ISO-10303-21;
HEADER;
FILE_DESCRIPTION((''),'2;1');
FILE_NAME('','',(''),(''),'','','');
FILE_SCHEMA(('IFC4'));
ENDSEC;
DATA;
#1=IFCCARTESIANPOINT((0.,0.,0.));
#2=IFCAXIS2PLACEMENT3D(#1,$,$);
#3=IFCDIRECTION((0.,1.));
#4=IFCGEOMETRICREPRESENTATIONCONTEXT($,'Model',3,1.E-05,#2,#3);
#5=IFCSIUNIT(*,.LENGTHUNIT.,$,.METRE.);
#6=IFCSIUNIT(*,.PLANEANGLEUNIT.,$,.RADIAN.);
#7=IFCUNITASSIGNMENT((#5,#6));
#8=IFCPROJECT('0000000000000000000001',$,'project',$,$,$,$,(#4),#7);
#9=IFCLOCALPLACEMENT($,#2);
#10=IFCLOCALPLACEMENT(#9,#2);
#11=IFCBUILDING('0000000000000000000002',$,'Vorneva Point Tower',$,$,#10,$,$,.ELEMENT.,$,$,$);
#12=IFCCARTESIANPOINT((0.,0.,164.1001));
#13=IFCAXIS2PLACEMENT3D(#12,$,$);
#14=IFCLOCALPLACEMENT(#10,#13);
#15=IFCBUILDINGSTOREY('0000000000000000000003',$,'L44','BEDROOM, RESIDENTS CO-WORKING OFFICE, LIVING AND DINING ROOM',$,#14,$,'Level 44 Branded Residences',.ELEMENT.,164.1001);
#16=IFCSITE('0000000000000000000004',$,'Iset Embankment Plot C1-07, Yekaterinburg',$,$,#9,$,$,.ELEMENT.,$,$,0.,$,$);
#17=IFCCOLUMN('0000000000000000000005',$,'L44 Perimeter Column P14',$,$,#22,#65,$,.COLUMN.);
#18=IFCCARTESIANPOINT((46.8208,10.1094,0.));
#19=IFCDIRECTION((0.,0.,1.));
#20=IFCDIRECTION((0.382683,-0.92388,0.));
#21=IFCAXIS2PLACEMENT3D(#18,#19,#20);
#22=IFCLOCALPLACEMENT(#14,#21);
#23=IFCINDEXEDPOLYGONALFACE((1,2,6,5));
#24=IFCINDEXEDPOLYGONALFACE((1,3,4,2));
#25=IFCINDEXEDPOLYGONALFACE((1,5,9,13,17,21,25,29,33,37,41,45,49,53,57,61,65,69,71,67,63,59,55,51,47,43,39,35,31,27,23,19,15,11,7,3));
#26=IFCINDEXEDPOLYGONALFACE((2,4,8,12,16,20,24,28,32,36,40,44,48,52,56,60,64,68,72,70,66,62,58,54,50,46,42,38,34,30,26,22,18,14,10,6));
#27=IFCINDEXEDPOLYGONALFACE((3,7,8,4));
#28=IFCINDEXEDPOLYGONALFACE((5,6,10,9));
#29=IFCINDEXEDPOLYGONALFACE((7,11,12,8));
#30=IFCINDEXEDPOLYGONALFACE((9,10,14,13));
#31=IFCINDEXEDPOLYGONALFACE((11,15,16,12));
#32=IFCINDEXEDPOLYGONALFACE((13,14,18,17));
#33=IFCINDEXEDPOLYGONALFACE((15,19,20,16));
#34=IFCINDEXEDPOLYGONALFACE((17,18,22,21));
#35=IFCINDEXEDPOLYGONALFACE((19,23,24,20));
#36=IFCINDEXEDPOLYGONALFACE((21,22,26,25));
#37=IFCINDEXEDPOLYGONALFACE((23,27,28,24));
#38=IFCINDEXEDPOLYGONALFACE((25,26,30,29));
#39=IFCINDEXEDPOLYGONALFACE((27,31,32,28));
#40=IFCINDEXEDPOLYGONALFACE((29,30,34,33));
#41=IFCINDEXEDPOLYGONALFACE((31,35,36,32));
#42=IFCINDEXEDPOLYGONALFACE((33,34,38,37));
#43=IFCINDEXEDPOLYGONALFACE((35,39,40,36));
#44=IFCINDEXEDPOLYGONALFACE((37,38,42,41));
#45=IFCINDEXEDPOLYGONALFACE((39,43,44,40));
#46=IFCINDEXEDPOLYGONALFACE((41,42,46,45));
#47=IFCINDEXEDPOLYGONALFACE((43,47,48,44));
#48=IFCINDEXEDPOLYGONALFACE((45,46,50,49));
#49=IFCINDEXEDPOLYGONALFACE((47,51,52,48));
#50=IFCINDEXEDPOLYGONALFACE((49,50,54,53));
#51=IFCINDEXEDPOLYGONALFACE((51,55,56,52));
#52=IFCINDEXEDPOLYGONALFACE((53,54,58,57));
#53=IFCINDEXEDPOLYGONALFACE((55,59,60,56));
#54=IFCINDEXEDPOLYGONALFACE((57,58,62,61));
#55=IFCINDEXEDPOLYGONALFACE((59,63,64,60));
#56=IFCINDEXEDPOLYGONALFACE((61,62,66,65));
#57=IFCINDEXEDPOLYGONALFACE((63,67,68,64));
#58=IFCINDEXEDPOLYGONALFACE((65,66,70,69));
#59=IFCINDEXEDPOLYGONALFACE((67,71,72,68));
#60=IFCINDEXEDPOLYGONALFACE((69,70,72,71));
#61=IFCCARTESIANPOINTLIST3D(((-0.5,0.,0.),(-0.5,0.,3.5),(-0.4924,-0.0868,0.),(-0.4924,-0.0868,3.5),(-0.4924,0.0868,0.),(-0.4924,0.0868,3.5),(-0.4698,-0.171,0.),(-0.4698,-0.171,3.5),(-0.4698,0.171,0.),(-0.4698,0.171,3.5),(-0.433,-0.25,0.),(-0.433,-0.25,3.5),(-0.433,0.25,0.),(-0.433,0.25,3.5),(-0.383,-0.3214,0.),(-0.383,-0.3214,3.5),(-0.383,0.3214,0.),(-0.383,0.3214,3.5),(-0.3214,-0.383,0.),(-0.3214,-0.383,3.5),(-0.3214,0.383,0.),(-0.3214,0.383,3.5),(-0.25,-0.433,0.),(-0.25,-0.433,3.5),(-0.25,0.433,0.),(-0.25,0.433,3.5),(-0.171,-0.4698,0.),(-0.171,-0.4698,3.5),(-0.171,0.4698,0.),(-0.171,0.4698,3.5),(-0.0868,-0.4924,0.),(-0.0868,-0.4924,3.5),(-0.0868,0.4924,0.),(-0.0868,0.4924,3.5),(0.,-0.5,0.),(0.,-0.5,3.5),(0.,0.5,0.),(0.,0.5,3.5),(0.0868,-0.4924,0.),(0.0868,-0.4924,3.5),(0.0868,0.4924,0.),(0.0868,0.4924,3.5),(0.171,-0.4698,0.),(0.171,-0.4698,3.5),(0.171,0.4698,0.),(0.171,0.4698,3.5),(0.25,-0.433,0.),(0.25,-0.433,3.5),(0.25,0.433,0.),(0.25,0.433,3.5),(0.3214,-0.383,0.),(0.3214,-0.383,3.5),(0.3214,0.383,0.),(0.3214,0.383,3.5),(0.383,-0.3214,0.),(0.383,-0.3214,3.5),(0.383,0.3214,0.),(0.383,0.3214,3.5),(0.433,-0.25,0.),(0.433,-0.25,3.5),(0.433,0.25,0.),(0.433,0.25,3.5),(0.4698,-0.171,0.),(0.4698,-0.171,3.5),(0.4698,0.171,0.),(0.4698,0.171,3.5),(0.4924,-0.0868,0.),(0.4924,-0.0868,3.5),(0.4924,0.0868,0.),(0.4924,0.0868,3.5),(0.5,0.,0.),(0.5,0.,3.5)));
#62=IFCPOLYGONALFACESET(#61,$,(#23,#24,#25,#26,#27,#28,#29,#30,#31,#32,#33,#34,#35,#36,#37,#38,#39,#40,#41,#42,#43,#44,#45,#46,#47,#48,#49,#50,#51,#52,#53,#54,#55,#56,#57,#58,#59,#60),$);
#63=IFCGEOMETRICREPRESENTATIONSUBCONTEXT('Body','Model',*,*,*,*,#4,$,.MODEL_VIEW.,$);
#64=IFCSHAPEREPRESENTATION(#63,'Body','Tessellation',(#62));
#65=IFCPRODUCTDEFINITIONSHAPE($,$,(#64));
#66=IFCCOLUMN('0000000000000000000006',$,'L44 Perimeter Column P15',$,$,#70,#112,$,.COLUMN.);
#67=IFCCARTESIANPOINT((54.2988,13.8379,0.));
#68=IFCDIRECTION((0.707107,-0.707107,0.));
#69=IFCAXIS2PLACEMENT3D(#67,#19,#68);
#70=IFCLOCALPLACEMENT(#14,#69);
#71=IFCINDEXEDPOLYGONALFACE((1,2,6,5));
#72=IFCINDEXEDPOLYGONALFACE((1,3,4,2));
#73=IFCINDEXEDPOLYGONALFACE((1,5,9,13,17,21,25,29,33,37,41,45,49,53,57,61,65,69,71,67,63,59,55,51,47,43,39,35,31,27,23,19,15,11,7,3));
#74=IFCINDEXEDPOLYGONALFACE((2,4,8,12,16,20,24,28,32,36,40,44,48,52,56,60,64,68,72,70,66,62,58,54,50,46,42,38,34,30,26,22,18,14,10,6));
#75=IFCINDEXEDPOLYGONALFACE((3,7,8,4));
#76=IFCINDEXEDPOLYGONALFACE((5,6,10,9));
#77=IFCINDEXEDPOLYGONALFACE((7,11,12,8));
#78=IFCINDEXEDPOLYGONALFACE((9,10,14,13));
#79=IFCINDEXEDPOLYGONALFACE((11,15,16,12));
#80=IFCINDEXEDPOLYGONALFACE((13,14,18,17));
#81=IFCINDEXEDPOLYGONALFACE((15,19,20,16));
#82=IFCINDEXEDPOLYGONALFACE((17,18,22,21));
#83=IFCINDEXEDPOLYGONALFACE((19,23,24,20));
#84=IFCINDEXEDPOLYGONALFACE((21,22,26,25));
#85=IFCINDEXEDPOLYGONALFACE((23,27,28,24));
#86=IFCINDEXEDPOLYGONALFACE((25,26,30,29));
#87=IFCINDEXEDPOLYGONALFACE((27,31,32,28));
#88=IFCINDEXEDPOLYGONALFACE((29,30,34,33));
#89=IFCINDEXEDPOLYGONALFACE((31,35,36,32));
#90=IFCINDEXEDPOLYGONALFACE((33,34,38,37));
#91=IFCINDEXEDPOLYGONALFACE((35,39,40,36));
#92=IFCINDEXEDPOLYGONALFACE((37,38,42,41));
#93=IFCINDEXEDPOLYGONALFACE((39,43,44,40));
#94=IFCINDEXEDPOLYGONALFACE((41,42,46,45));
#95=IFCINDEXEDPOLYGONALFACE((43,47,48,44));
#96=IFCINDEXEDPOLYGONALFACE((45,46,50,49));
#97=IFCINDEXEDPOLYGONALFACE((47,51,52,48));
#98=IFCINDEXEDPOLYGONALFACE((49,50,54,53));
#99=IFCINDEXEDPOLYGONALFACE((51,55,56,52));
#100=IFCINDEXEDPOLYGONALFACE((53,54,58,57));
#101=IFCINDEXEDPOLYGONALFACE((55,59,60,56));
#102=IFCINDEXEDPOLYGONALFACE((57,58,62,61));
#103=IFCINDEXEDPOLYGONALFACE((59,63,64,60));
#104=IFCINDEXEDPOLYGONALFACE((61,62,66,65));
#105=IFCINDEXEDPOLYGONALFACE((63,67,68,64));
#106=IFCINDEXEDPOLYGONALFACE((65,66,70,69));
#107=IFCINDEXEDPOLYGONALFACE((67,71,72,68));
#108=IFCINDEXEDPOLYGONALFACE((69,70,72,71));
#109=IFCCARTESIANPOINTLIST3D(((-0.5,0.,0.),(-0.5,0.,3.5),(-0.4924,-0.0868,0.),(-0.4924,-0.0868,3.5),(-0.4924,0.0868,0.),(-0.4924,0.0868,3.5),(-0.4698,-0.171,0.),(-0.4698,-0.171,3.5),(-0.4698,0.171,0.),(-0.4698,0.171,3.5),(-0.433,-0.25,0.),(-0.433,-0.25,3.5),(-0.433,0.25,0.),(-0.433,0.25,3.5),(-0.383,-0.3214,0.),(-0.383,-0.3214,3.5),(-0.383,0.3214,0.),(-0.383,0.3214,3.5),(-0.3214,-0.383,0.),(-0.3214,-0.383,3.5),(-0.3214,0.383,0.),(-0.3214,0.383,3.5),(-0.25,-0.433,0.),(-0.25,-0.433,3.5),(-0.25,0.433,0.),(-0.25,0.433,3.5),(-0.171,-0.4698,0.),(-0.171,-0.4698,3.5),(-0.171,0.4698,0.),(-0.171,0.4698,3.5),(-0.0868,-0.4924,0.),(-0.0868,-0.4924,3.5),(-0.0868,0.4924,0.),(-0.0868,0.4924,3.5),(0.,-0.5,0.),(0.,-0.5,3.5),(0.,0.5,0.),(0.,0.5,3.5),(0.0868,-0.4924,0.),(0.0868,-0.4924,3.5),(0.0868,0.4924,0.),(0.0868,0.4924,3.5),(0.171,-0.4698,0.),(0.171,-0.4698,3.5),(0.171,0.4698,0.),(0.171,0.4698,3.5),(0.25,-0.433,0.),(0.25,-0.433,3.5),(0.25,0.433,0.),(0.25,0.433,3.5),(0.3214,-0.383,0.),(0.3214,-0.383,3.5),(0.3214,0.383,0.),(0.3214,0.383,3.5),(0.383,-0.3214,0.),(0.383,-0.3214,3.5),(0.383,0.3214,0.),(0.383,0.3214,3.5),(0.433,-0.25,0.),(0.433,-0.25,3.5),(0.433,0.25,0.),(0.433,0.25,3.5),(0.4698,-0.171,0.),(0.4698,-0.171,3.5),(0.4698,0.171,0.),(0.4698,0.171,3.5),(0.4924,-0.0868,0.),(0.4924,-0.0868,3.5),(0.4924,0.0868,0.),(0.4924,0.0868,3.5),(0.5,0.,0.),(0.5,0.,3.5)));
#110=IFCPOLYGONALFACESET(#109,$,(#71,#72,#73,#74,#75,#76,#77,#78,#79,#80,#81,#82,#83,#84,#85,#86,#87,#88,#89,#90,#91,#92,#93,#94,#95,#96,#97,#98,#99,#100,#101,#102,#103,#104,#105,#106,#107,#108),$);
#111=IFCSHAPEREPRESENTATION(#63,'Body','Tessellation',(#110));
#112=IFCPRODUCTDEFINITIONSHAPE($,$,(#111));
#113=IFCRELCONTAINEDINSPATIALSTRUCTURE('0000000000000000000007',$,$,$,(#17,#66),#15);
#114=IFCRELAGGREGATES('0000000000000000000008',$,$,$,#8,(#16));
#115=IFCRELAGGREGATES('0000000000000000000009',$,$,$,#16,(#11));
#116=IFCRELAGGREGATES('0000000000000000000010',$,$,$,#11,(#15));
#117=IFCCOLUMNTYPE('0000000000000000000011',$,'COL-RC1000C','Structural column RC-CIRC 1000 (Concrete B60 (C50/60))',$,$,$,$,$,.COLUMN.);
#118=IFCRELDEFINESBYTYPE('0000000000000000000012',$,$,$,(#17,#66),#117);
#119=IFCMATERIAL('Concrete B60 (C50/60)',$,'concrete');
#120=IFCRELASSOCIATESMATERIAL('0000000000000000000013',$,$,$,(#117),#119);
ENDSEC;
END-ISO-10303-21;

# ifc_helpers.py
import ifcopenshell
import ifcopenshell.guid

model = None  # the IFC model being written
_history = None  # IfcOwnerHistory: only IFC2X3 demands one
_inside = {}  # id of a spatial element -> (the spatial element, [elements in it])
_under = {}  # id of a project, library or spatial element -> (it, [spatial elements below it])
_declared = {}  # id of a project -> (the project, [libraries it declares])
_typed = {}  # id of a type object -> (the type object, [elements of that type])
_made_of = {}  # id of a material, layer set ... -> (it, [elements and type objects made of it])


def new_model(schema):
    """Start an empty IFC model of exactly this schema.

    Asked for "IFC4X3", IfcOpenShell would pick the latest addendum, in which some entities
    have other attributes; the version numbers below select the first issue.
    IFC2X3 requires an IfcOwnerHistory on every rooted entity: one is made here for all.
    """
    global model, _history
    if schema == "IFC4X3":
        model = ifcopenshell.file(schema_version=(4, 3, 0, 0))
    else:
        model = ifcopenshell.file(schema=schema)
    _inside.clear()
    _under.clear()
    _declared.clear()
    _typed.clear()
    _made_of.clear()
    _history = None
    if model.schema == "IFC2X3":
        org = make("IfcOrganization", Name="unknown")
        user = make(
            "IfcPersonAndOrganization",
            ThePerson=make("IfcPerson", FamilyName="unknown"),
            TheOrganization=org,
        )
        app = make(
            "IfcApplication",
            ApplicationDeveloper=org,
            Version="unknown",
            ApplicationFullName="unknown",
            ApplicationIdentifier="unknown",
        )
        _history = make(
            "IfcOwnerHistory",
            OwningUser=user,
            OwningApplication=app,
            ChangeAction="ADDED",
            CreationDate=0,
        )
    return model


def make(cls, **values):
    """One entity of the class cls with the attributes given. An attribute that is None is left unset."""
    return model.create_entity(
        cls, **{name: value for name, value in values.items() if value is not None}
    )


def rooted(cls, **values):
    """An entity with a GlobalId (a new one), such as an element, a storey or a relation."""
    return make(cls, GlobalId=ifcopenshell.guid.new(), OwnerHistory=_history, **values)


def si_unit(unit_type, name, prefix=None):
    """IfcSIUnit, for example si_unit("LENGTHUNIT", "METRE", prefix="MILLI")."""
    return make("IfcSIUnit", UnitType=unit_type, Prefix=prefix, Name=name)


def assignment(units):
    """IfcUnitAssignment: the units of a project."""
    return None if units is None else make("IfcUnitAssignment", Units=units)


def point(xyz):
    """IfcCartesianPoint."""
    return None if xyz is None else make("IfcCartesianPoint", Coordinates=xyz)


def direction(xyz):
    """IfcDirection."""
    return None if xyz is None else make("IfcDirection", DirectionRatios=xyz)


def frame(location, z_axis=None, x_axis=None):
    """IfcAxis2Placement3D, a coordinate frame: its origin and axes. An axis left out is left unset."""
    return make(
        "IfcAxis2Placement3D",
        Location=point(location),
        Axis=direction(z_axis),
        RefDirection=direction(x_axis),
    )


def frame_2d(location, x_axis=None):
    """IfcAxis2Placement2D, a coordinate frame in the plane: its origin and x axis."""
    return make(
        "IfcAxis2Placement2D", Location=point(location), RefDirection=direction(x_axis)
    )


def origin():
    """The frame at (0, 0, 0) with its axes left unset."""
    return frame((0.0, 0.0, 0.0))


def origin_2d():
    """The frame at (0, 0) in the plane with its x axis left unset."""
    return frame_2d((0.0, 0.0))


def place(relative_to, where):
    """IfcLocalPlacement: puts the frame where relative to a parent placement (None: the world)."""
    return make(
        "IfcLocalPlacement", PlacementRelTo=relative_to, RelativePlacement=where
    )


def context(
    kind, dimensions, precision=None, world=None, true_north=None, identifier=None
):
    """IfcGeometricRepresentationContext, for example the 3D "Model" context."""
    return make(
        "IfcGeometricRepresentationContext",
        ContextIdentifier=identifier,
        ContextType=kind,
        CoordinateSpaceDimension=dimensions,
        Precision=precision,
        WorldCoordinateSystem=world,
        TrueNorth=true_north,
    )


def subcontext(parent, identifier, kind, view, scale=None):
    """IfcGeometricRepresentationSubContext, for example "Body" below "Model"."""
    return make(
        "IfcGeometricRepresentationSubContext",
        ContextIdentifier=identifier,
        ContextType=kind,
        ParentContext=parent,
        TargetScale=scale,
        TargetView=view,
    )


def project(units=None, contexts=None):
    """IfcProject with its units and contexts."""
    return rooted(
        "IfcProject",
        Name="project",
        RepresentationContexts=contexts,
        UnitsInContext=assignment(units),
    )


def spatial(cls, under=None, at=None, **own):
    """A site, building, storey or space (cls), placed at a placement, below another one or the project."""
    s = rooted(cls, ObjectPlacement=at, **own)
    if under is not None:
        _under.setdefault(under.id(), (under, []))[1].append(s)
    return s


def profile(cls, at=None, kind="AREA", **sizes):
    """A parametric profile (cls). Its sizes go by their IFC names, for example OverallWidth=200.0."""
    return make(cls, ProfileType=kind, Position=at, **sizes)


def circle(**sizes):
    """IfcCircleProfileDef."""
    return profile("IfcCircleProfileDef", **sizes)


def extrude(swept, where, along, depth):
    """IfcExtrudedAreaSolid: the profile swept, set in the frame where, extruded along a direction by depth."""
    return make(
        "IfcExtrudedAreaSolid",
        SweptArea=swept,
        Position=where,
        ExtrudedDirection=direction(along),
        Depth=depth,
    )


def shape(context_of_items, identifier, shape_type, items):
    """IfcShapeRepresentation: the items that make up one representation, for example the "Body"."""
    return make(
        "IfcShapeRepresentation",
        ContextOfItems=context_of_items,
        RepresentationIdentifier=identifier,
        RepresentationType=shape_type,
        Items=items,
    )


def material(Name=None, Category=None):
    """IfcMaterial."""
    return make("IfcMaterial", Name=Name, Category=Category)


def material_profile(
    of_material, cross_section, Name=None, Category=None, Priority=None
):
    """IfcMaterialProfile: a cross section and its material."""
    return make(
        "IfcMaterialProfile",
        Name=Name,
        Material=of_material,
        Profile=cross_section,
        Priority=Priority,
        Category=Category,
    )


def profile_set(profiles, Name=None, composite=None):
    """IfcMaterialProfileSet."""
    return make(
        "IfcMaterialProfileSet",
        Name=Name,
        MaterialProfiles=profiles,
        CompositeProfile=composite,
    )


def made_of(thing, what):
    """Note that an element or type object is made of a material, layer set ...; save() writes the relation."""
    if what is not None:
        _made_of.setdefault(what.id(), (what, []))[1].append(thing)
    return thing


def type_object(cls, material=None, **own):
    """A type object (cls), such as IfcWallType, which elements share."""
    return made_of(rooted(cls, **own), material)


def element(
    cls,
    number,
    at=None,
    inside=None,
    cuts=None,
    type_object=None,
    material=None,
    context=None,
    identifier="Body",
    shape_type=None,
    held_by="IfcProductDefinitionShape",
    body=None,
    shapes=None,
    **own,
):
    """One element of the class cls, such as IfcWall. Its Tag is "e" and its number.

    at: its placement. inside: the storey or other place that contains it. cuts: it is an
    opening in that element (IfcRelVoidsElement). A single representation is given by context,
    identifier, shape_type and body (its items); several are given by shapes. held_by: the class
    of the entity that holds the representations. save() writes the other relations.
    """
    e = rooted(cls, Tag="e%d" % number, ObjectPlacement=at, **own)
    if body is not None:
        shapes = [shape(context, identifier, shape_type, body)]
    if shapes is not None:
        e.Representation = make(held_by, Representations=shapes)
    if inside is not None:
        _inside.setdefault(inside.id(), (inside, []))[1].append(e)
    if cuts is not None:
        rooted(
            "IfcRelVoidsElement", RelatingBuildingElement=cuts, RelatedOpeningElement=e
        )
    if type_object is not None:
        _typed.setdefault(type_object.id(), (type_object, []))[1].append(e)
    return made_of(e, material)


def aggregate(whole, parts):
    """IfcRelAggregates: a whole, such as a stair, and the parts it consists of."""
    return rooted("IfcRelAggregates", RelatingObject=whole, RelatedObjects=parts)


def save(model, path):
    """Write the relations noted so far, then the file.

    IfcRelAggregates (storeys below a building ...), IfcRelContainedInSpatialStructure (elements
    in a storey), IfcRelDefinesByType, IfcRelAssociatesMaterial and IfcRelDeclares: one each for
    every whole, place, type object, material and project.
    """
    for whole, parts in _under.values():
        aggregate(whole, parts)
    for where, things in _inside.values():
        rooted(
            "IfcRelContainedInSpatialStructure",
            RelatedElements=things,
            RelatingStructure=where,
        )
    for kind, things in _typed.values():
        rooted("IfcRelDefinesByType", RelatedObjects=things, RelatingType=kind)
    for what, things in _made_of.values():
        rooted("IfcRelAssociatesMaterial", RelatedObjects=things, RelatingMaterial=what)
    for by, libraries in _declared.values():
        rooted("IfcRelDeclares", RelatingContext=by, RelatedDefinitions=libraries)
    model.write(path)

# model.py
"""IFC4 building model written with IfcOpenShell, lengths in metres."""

from ifc_helpers import new_model, si_unit, direction, frame, origin, origin_2d, place, context, subcontext, project, spatial, circle, extrude, material, material_profile, profile_set, type_object, element, save


model = new_model("IFC4")

# Units and contexts
model_context = context("Model", 3, precision=1e-05, world=origin(), true_north=direction((0.0, 1.0)))
body_context = subcontext(model_context, "Body", "Model", "MODEL_VIEW")
ifc_project = project(units=[si_unit("LENGTHUNIT", "METRE"), si_unit("PLANEANGLEUNIT", "RADIAN")], contexts=[model_context])

# Site, building, storey
site_placement = place(None, origin())
site = spatial("IfcSite", under=ifc_project, at=site_placement, Name="Iset Embankment Plot C1-07, Yekaterinburg", CompositionType="ELEMENT", RefElevation=0.0)
building_placement = place(site_placement, origin())
building = spatial("IfcBuilding", under=site, at=building_placement, Name="Vorneva Point Tower", CompositionType="ELEMENT")
storey_placement = place(building_placement, frame((0.0, 0.0, 164.1001)))
storey = spatial("IfcBuildingStorey", under=building, at=storey_placement, Name="L44", Description="BEDROOM, RESIDENTS CO-WORKING OFFICE, LIVING AND DINING ROOM", LongName="Level 44 Branded Residences", CompositionType="ELEMENT", Elevation=164.1001)

# Columns
ifc_material_1 = material(Name="Concrete B60 (C50/60)", Category="concrete")
ifc_material_profile_1 = material_profile(ifc_material_1, circle(Radius=0.5, at=origin_2d()), Name="RC-CIRC 1000")
ifc_profile_set_1 = profile_set([ifc_material_profile_1], Name="Concrete B60 (C50/60)")
column_type_1 = type_object("IfcColumnType", Name="COL-RC1000C", Description="Structural column RC-CIRC 1000 (Concrete B60 (C50/60))", PredefinedType="COLUMN", material=ifc_profile_set_1)
for number, where, z_axis, x_axis, name in (
    (1, (46.8208, 10.1094, 0.0), (0.0, 0.0, 1.0), (0.382683, -0.92388, 0.0), "L44 Perimeter Column P14"),
    (2, (54.2988, 13.8379, 0.0), (0.0, 0.0, 1.0), (0.707107, -0.707107, 0.0), "L44 Perimeter Column P15"),
):
    element("IfcColumn", number, at=place(storey_placement, frame(where, z_axis=z_axis, x_axis=x_axis)), inside=storey, type_object=column_type_1, Name=name, PredefinedType="COLUMN", context=body_context, shape_type="SweptSolid", body=[
        extrude(circle(Radius=0.5, at=origin_2d()), origin(), (0.0, 0.0, 1.0), 3.5),
    ])

save(model, "model.ifc")
